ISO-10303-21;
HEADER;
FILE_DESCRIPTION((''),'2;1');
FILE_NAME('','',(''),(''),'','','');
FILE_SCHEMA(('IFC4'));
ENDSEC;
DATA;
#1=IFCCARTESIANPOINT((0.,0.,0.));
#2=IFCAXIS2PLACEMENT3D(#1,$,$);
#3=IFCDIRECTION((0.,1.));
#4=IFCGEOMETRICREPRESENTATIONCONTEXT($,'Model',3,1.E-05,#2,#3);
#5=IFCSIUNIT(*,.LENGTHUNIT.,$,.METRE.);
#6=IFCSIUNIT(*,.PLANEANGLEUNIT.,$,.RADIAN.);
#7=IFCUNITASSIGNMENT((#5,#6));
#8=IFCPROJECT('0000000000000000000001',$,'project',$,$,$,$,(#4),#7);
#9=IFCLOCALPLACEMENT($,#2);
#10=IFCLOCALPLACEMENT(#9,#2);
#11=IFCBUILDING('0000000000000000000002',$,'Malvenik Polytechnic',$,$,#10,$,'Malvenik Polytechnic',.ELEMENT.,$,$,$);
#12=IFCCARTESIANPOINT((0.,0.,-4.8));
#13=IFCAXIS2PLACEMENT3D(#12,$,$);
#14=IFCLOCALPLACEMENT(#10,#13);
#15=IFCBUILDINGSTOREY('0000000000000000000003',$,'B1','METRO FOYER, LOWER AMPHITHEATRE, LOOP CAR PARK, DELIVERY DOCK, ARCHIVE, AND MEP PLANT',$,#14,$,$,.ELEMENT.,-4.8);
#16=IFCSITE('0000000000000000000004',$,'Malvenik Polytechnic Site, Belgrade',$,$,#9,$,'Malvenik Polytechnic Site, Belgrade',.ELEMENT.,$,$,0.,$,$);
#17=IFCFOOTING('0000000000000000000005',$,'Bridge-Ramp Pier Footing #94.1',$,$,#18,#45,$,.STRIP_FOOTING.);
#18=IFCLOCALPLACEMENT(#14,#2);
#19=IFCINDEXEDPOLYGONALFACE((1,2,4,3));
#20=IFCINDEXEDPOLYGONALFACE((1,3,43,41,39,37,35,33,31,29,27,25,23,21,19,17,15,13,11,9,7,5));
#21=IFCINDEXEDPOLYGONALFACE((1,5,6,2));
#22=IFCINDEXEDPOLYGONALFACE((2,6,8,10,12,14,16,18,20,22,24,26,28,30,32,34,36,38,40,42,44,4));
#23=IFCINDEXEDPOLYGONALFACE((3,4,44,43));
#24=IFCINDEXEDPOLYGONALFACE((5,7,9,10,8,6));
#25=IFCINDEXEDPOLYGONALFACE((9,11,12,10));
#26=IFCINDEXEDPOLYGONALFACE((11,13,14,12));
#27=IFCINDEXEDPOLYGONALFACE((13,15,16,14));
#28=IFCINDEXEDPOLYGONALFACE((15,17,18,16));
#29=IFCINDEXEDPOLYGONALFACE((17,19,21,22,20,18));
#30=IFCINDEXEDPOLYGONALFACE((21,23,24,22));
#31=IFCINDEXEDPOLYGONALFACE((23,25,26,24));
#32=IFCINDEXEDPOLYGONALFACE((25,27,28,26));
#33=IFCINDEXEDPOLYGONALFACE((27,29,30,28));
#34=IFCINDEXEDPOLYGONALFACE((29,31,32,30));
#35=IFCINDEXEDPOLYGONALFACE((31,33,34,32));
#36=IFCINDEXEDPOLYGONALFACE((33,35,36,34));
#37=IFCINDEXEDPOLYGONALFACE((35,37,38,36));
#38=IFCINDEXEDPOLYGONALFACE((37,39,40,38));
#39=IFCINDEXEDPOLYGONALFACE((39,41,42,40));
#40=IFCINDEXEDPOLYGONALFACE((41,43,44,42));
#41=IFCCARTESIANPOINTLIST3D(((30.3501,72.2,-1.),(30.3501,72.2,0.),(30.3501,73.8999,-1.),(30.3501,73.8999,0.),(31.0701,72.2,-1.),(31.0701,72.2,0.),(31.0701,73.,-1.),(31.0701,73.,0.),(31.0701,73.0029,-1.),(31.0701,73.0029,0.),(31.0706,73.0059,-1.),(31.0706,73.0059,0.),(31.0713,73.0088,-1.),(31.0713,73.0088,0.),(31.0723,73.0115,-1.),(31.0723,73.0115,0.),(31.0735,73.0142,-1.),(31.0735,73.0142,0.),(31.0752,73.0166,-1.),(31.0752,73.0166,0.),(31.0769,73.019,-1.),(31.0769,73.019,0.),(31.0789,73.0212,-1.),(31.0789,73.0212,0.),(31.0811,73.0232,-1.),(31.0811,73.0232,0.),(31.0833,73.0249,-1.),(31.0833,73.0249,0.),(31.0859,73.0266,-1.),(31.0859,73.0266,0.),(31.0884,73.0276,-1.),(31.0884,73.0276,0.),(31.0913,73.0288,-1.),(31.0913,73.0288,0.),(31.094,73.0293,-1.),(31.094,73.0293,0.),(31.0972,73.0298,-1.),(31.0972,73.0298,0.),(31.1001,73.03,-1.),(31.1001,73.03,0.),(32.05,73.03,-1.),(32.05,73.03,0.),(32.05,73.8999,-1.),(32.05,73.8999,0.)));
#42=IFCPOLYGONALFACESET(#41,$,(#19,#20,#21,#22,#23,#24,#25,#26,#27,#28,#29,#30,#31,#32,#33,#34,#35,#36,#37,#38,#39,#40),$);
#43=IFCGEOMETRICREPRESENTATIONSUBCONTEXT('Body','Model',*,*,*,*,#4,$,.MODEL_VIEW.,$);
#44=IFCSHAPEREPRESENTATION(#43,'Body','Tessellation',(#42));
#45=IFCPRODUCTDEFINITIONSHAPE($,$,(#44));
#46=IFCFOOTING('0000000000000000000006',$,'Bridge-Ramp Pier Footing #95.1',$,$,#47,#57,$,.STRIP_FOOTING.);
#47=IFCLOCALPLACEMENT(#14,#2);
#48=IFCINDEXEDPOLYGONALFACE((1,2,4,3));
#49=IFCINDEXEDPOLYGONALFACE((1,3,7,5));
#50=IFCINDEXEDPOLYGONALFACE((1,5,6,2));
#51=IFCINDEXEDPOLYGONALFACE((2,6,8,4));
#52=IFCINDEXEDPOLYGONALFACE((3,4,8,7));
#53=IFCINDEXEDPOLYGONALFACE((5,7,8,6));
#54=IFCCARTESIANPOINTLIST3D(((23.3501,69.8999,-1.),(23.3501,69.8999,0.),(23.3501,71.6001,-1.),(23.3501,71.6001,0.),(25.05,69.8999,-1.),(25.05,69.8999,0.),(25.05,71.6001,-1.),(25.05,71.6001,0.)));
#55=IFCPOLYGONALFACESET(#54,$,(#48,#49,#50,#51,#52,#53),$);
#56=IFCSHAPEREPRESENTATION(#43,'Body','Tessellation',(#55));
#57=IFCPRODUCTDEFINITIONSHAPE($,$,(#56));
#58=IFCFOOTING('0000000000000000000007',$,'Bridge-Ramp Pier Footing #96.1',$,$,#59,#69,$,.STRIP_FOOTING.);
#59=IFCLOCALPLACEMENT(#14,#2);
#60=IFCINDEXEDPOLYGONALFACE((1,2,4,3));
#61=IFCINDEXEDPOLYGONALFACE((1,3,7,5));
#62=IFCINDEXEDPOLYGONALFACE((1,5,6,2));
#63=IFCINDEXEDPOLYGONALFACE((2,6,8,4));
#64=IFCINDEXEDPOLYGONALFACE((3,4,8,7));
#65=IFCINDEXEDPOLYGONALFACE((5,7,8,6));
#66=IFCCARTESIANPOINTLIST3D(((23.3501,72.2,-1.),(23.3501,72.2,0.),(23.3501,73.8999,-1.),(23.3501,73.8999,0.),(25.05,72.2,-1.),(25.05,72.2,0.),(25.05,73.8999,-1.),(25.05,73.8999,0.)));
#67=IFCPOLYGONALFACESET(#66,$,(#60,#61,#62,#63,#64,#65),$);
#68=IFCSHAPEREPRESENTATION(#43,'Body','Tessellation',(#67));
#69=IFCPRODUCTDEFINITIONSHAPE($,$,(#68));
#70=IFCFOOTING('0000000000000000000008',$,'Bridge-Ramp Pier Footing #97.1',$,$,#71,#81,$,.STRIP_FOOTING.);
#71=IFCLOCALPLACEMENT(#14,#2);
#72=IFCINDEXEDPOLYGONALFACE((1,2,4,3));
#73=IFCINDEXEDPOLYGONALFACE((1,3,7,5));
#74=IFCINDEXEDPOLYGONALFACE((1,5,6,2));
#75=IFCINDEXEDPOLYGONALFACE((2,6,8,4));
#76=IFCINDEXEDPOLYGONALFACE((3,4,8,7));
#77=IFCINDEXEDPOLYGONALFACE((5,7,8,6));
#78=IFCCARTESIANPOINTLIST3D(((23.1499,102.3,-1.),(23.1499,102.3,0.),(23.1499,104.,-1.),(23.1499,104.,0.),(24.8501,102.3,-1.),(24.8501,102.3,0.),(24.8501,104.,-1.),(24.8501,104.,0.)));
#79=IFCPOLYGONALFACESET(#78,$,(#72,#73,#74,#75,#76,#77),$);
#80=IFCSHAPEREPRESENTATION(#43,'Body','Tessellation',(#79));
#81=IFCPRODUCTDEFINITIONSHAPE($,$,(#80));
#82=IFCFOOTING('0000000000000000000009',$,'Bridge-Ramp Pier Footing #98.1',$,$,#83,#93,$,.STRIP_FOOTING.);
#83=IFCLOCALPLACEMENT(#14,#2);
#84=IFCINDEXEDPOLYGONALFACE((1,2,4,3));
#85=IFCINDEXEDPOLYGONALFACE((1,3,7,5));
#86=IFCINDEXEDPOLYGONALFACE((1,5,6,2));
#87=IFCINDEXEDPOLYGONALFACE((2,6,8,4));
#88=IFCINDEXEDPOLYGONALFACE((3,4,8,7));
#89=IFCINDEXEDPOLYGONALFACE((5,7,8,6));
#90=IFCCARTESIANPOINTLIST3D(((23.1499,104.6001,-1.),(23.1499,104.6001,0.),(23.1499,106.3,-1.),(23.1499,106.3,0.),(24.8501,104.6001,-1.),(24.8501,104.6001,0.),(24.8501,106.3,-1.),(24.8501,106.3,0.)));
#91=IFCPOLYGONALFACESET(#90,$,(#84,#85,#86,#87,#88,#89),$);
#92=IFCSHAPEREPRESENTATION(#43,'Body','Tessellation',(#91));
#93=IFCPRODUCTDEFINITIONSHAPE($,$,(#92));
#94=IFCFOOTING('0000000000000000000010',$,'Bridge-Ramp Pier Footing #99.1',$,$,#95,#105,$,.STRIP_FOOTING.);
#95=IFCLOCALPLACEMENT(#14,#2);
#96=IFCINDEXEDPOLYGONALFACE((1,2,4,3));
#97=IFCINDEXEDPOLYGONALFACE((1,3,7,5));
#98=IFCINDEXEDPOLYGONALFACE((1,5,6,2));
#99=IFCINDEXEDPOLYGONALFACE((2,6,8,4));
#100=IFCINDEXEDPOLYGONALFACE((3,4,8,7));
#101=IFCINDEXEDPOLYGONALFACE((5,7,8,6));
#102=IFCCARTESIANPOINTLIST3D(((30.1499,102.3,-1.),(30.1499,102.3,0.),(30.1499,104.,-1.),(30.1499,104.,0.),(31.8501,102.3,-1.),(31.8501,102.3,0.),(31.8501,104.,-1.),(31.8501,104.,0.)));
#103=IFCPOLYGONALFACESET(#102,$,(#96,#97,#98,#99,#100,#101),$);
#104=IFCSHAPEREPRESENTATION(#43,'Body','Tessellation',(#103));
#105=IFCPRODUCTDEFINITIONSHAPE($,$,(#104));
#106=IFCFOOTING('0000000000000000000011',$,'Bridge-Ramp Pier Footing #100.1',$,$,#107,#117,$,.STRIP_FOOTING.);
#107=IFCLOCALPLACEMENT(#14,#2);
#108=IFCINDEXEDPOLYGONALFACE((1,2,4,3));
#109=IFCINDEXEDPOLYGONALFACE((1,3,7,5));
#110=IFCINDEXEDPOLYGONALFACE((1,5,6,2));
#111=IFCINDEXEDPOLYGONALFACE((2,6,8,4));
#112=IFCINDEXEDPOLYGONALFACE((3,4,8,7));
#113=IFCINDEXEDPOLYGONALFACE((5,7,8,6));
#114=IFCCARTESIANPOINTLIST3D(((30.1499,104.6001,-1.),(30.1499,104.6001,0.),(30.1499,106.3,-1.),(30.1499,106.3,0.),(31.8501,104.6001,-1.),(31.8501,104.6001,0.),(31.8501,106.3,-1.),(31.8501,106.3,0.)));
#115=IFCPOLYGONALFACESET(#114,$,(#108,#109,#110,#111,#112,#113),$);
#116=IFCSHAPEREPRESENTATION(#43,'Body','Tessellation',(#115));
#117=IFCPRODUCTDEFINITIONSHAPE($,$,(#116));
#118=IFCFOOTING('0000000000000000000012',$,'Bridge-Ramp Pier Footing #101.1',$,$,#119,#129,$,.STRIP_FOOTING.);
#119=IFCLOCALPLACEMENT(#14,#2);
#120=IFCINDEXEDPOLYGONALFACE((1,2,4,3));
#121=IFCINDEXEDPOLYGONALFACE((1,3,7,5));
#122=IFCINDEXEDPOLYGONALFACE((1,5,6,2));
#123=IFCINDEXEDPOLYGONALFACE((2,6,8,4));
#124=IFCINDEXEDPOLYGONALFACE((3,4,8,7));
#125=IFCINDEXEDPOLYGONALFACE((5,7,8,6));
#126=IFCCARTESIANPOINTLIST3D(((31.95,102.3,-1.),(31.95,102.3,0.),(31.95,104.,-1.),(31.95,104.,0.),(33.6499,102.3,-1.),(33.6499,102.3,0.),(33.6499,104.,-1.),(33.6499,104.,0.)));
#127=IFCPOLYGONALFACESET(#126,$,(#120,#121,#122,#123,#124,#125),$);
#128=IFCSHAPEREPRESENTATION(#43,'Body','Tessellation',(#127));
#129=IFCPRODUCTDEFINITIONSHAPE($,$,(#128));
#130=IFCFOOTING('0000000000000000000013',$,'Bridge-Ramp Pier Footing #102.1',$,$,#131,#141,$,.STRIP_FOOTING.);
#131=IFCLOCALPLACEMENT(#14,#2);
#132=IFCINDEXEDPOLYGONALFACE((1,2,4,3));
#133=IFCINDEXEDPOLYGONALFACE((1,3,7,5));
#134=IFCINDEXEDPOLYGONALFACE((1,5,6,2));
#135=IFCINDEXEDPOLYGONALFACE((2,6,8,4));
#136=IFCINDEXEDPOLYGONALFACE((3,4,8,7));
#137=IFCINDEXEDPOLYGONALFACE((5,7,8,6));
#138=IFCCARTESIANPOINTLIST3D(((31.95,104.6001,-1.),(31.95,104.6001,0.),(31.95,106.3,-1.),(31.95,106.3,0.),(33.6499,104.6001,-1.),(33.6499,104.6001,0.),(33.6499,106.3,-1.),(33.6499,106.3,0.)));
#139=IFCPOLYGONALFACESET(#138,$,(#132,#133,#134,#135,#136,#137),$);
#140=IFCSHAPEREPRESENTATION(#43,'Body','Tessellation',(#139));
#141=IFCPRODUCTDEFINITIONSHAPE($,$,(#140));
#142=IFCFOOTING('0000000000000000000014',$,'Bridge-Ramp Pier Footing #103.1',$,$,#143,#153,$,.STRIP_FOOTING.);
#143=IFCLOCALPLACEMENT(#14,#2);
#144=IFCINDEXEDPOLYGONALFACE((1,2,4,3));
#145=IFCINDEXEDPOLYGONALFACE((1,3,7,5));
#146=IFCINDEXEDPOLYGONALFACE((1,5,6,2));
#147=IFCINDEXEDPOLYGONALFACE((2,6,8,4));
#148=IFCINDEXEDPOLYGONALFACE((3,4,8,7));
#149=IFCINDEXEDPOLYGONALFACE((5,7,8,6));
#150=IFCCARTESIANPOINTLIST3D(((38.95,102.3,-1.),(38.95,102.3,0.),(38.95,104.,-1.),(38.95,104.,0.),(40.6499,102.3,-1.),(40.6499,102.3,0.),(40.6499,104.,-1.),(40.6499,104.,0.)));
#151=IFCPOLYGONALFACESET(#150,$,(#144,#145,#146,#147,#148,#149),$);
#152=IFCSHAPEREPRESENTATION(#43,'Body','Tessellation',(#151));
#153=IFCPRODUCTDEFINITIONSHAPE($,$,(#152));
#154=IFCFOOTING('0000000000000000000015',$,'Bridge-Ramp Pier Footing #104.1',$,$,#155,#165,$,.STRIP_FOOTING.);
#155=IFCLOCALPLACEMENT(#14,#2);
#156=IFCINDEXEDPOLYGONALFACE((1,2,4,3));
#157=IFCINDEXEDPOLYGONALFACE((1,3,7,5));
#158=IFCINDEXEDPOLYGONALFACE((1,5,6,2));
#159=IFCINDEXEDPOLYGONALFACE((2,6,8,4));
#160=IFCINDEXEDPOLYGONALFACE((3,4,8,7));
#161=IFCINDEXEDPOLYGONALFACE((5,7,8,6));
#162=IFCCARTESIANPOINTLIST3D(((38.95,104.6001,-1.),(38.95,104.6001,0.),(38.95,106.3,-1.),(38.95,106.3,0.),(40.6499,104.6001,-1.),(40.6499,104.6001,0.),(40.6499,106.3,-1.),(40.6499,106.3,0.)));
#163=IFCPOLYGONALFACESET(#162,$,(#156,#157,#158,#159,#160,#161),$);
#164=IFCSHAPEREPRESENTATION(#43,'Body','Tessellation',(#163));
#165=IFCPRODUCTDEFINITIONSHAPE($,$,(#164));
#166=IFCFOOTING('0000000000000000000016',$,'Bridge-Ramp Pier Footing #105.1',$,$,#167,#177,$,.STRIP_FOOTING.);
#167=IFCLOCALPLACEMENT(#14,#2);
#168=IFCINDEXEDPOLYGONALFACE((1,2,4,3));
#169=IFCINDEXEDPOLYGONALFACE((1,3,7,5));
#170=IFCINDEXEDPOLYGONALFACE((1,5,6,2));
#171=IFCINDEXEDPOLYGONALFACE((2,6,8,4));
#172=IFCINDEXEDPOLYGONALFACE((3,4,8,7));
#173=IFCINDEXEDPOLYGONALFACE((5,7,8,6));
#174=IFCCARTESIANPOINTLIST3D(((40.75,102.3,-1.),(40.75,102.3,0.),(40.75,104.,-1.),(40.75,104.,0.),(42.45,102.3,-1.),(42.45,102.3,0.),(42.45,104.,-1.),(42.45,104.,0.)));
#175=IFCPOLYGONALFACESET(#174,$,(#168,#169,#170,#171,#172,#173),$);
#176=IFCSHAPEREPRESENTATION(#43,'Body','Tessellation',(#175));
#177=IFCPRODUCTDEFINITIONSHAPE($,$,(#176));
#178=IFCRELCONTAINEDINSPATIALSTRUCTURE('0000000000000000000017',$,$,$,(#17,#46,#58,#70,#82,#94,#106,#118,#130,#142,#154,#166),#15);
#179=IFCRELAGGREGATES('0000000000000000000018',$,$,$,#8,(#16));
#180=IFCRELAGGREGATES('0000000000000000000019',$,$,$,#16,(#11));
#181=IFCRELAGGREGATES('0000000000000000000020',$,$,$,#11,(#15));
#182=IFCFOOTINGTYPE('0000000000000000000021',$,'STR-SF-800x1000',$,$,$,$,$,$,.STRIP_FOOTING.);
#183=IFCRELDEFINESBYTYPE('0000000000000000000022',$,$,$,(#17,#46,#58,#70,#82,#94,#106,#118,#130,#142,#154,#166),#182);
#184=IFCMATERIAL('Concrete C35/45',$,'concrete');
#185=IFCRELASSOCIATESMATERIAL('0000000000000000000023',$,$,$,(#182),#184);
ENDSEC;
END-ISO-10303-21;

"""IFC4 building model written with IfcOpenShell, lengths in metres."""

from ifc_helpers import new_model, si_unit, direction, frame, origin, place, context, subcontext, project, spatial, polyline, outline, extrude, material, type_object, element, save


model = new_model("IFC4")

# Units and contexts
model_context = context("Model", 3, precision=1e-05, world=origin(), true_north=direction((0.0, 1.0)))
body_context = subcontext(model_context, "Body", "Model", "MODEL_VIEW")
ifc_project = project(units=[si_unit("LENGTHUNIT", "METRE"), si_unit("PLANEANGLEUNIT", "RADIAN")], contexts=[model_context])

# Site, building, storey
site_placement = place(None, origin())
site = spatial("IfcSite", under=ifc_project, at=site_placement, Name="Malvenik Polytechnic Site, Belgrade", LongName="Malvenik Polytechnic Site, Belgrade", CompositionType="ELEMENT", RefElevation=0.0)
building_placement = place(site_placement, origin())
building = spatial("IfcBuilding", under=site, at=building_placement, Name="Malvenik Polytechnic", LongName="Malvenik Polytechnic", CompositionType="ELEMENT")
storey_placement = place(building_placement, frame((0.0, 0.0, -4.8)))
storey = spatial("IfcBuildingStorey", under=building, at=storey_placement, Name="B1", Description="METRO FOYER, LOWER AMPHITHEATRE, LOOP CAR PARK, DELIVERY DOCK, ARCHIVE, AND MEP PLANT", CompositionType="ELEMENT", Elevation=-4.8)

# Footings
ifc_material = material(Name="Concrete C35/45", Category="concrete")
footing_type = type_object("IfcFootingType", Name="STR-SF-800x1000", PredefinedType="STRIP_FOOTING", material=ifc_material)
footing_1_placement = place(storey_placement, frame((0.0, 0.0, -1.0)))
element("IfcFooting", 1, at=footing_1_placement, inside=storey, type_object=footing_type, Name="Bridge-Ramp Pier Footing #94.1", PredefinedType="STRIP_FOOTING", context=body_context, shape_type="SweptSolid", body=[
    extrude(outline(polyline([(30.3501, 72.2), (30.3501, 73.8999), (32.05, 73.8999), (32.05, 73.03), (31.1001, 73.03), (31.0972, 73.0298), (31.094, 73.0293), (31.0913, 73.0288), (31.0884, 73.0276), (31.0859, 73.0266), (31.0833, 73.0249), (31.0811, 73.0232), (31.0789, 73.0212), (31.0769, 73.019), (31.0752, 73.0166), (31.0735, 73.0142), (31.0723, 73.0115), (31.0713, 73.0088), (31.0706, 73.0059), (31.0701, 73.0029), (31.0701, 73.0), (31.0701, 72.2), (30.3501, 72.2)])), origin(), (0.0, 0.0, 1.0), 1.0),
])
footing_2_placement = place(storey_placement, frame((0.0, 0.0, -1.0)))
element("IfcFooting", 2, at=footing_2_placement, inside=storey, type_object=footing_type, Name="Bridge-Ramp Pier Footing #95.1", PredefinedType="STRIP_FOOTING", context=body_context, shape_type="SweptSolid", body=[
    extrude(outline(polyline([(23.3501, 69.8999), (23.3501, 71.6001), (25.05, 71.6001), (25.05, 69.8999), (23.3501, 69.8999)])), origin(), (0.0, 0.0, 1.0), 1.0),
])
footing_3_placement = place(storey_placement, frame((0.0, 0.0, -1.0)))
element("IfcFooting", 3, at=footing_3_placement, inside=storey, type_object=footing_type, Name="Bridge-Ramp Pier Footing #96.1", PredefinedType="STRIP_FOOTING", context=body_context, shape_type="SweptSolid", body=[
    extrude(outline(polyline([(23.3501, 72.2), (23.3501, 73.8999), (25.05, 73.8999), (25.05, 72.2), (23.3501, 72.2)])), origin(), (0.0, 0.0, 1.0), 1.0),
])
footing_4_placement = place(storey_placement, frame((0.0, 0.0, -1.0)))
element("IfcFooting", 4, at=footing_4_placement, inside=storey, type_object=footing_type, Name="Bridge-Ramp Pier Footing #97.1", PredefinedType="STRIP_FOOTING", context=body_context, shape_type="SweptSolid", body=[
    extrude(outline(polyline([(23.1499, 102.3), (23.1499, 104.0), (24.8501, 104.0), (24.8501, 102.3), (23.1499, 102.3)])), origin(), (0.0, 0.0, 1.0), 1.0),
])
footing_5_placement = place(storey_placement, frame((0.0, 0.0, -1.0)))
element("IfcFooting", 5, at=footing_5_placement, inside=storey, type_object=footing_type, Name="Bridge-Ramp Pier Footing #98.1", PredefinedType="STRIP_FOOTING", context=body_context, shape_type="SweptSolid", body=[
    extrude(outline(polyline([(23.1499, 104.6001), (23.1499, 106.3), (24.8501, 106.3), (24.8501, 104.6001), (23.1499, 104.6001)])), origin(), (0.0, 0.0, 1.0), 1.0),
])
footing_6_placement = place(storey_placement, frame((0.0, 0.0, -1.0)))
element("IfcFooting", 6, at=footing_6_placement, inside=storey, type_object=footing_type, Name="Bridge-Ramp Pier Footing #99.1", PredefinedType="STRIP_FOOTING", context=body_context, shape_type="SweptSolid", body=[
    extrude(outline(polyline([(30.1499, 102.3), (30.1499, 104.0), (31.8501, 104.0), (31.8501, 102.3), (30.1499, 102.3)])), origin(), (0.0, 0.0, 1.0), 1.0),
])
footing_7_placement = place(storey_placement, frame((0.0, 0.0, -1.0)))
element("IfcFooting", 7, at=footing_7_placement, inside=storey, type_object=footing_type, Name="Bridge-Ramp Pier Footing #100.1", PredefinedType="STRIP_FOOTING", context=body_context, shape_type="SweptSolid", body=[
    extrude(outline(polyline([(30.1499, 104.6001), (30.1499, 106.3), (31.8501, 106.3), (31.8501, 104.6001), (30.1499, 104.6001)])), origin(), (0.0, 0.0, 1.0), 1.0),
])
footing_8_placement = place(storey_placement, frame((0.0, 0.0, -1.0)))
element("IfcFooting", 8, at=footing_8_placement, inside=storey, type_object=footing_type, Name="Bridge-Ramp Pier Footing #101.1", PredefinedType="STRIP_FOOTING", context=body_context, shape_type="SweptSolid", body=[
    extrude(outline(polyline([(31.95, 102.3), (31.95, 104.0), (33.6499, 104.0), (33.6499, 102.3), (31.95, 102.3)])), origin(), (0.0, 0.0, 1.0), 1.0),
])
footing_9_placement = place(storey_placement, frame((0.0, 0.0, -1.0)))
element("IfcFooting", 9, at=footing_9_placement, inside=storey, type_object=footing_type, Name="Bridge-Ramp Pier Footing #102.1", PredefinedType="STRIP_FOOTING", context=body_context, shape_type="SweptSolid", body=[
    extrude(outline(polyline([(31.95, 104.6001), (31.95, 106.3), (33.6499, 106.3), (33.6499, 104.6001), (31.95, 104.6001)])), origin(), (0.0, 0.0, 1.0), 1.0),
])
footing_10_placement = place(storey_placement, frame((0.0, 0.0, -1.0)))
element("IfcFooting", 10, at=footing_10_placement, inside=storey, type_object=footing_type, Name="Bridge-Ramp Pier Footing #103.1", PredefinedType="STRIP_FOOTING", context=body_context, shape_type="SweptSolid", body=[
    extrude(outline(polyline([(38.95, 102.3), (38.95, 104.0), (40.6499, 104.0), (40.6499, 102.3), (38.95, 102.3)])), origin(), (0.0, 0.0, 1.0), 1.0),
])
footing_11_placement = place(storey_placement, frame((0.0, 0.0, -1.0)))
element("IfcFooting", 11, at=footing_11_placement, inside=storey, type_object=footing_type, Name="Bridge-Ramp Pier Footing #104.1", PredefinedType="STRIP_FOOTING", context=body_context, shape_type="SweptSolid", body=[
    extrude(outline(polyline([(38.95, 104.6001), (38.95, 106.3), (40.6499, 106.3), (40.6499, 104.6001), (38.95, 104.6001)])), origin(), (0.0, 0.0, 1.0), 1.0),
])
footing_12_placement = place(storey_placement, frame((0.0, 0.0, -1.0)))
element("IfcFooting", 12, at=footing_12_placement, inside=storey, type_object=footing_type, Name="Bridge-Ramp Pier Footing #105.1", PredefinedType="STRIP_FOOTING", context=body_context, shape_type="SweptSolid", body=[
    extrude(outline(polyline([(40.75, 102.3), (40.75, 104.0), (42.45, 104.0), (42.45, 102.3), (40.75, 102.3)])), origin(), (0.0, 0.0, 1.0), 1.0),
])

save(model, "model.ifc")
